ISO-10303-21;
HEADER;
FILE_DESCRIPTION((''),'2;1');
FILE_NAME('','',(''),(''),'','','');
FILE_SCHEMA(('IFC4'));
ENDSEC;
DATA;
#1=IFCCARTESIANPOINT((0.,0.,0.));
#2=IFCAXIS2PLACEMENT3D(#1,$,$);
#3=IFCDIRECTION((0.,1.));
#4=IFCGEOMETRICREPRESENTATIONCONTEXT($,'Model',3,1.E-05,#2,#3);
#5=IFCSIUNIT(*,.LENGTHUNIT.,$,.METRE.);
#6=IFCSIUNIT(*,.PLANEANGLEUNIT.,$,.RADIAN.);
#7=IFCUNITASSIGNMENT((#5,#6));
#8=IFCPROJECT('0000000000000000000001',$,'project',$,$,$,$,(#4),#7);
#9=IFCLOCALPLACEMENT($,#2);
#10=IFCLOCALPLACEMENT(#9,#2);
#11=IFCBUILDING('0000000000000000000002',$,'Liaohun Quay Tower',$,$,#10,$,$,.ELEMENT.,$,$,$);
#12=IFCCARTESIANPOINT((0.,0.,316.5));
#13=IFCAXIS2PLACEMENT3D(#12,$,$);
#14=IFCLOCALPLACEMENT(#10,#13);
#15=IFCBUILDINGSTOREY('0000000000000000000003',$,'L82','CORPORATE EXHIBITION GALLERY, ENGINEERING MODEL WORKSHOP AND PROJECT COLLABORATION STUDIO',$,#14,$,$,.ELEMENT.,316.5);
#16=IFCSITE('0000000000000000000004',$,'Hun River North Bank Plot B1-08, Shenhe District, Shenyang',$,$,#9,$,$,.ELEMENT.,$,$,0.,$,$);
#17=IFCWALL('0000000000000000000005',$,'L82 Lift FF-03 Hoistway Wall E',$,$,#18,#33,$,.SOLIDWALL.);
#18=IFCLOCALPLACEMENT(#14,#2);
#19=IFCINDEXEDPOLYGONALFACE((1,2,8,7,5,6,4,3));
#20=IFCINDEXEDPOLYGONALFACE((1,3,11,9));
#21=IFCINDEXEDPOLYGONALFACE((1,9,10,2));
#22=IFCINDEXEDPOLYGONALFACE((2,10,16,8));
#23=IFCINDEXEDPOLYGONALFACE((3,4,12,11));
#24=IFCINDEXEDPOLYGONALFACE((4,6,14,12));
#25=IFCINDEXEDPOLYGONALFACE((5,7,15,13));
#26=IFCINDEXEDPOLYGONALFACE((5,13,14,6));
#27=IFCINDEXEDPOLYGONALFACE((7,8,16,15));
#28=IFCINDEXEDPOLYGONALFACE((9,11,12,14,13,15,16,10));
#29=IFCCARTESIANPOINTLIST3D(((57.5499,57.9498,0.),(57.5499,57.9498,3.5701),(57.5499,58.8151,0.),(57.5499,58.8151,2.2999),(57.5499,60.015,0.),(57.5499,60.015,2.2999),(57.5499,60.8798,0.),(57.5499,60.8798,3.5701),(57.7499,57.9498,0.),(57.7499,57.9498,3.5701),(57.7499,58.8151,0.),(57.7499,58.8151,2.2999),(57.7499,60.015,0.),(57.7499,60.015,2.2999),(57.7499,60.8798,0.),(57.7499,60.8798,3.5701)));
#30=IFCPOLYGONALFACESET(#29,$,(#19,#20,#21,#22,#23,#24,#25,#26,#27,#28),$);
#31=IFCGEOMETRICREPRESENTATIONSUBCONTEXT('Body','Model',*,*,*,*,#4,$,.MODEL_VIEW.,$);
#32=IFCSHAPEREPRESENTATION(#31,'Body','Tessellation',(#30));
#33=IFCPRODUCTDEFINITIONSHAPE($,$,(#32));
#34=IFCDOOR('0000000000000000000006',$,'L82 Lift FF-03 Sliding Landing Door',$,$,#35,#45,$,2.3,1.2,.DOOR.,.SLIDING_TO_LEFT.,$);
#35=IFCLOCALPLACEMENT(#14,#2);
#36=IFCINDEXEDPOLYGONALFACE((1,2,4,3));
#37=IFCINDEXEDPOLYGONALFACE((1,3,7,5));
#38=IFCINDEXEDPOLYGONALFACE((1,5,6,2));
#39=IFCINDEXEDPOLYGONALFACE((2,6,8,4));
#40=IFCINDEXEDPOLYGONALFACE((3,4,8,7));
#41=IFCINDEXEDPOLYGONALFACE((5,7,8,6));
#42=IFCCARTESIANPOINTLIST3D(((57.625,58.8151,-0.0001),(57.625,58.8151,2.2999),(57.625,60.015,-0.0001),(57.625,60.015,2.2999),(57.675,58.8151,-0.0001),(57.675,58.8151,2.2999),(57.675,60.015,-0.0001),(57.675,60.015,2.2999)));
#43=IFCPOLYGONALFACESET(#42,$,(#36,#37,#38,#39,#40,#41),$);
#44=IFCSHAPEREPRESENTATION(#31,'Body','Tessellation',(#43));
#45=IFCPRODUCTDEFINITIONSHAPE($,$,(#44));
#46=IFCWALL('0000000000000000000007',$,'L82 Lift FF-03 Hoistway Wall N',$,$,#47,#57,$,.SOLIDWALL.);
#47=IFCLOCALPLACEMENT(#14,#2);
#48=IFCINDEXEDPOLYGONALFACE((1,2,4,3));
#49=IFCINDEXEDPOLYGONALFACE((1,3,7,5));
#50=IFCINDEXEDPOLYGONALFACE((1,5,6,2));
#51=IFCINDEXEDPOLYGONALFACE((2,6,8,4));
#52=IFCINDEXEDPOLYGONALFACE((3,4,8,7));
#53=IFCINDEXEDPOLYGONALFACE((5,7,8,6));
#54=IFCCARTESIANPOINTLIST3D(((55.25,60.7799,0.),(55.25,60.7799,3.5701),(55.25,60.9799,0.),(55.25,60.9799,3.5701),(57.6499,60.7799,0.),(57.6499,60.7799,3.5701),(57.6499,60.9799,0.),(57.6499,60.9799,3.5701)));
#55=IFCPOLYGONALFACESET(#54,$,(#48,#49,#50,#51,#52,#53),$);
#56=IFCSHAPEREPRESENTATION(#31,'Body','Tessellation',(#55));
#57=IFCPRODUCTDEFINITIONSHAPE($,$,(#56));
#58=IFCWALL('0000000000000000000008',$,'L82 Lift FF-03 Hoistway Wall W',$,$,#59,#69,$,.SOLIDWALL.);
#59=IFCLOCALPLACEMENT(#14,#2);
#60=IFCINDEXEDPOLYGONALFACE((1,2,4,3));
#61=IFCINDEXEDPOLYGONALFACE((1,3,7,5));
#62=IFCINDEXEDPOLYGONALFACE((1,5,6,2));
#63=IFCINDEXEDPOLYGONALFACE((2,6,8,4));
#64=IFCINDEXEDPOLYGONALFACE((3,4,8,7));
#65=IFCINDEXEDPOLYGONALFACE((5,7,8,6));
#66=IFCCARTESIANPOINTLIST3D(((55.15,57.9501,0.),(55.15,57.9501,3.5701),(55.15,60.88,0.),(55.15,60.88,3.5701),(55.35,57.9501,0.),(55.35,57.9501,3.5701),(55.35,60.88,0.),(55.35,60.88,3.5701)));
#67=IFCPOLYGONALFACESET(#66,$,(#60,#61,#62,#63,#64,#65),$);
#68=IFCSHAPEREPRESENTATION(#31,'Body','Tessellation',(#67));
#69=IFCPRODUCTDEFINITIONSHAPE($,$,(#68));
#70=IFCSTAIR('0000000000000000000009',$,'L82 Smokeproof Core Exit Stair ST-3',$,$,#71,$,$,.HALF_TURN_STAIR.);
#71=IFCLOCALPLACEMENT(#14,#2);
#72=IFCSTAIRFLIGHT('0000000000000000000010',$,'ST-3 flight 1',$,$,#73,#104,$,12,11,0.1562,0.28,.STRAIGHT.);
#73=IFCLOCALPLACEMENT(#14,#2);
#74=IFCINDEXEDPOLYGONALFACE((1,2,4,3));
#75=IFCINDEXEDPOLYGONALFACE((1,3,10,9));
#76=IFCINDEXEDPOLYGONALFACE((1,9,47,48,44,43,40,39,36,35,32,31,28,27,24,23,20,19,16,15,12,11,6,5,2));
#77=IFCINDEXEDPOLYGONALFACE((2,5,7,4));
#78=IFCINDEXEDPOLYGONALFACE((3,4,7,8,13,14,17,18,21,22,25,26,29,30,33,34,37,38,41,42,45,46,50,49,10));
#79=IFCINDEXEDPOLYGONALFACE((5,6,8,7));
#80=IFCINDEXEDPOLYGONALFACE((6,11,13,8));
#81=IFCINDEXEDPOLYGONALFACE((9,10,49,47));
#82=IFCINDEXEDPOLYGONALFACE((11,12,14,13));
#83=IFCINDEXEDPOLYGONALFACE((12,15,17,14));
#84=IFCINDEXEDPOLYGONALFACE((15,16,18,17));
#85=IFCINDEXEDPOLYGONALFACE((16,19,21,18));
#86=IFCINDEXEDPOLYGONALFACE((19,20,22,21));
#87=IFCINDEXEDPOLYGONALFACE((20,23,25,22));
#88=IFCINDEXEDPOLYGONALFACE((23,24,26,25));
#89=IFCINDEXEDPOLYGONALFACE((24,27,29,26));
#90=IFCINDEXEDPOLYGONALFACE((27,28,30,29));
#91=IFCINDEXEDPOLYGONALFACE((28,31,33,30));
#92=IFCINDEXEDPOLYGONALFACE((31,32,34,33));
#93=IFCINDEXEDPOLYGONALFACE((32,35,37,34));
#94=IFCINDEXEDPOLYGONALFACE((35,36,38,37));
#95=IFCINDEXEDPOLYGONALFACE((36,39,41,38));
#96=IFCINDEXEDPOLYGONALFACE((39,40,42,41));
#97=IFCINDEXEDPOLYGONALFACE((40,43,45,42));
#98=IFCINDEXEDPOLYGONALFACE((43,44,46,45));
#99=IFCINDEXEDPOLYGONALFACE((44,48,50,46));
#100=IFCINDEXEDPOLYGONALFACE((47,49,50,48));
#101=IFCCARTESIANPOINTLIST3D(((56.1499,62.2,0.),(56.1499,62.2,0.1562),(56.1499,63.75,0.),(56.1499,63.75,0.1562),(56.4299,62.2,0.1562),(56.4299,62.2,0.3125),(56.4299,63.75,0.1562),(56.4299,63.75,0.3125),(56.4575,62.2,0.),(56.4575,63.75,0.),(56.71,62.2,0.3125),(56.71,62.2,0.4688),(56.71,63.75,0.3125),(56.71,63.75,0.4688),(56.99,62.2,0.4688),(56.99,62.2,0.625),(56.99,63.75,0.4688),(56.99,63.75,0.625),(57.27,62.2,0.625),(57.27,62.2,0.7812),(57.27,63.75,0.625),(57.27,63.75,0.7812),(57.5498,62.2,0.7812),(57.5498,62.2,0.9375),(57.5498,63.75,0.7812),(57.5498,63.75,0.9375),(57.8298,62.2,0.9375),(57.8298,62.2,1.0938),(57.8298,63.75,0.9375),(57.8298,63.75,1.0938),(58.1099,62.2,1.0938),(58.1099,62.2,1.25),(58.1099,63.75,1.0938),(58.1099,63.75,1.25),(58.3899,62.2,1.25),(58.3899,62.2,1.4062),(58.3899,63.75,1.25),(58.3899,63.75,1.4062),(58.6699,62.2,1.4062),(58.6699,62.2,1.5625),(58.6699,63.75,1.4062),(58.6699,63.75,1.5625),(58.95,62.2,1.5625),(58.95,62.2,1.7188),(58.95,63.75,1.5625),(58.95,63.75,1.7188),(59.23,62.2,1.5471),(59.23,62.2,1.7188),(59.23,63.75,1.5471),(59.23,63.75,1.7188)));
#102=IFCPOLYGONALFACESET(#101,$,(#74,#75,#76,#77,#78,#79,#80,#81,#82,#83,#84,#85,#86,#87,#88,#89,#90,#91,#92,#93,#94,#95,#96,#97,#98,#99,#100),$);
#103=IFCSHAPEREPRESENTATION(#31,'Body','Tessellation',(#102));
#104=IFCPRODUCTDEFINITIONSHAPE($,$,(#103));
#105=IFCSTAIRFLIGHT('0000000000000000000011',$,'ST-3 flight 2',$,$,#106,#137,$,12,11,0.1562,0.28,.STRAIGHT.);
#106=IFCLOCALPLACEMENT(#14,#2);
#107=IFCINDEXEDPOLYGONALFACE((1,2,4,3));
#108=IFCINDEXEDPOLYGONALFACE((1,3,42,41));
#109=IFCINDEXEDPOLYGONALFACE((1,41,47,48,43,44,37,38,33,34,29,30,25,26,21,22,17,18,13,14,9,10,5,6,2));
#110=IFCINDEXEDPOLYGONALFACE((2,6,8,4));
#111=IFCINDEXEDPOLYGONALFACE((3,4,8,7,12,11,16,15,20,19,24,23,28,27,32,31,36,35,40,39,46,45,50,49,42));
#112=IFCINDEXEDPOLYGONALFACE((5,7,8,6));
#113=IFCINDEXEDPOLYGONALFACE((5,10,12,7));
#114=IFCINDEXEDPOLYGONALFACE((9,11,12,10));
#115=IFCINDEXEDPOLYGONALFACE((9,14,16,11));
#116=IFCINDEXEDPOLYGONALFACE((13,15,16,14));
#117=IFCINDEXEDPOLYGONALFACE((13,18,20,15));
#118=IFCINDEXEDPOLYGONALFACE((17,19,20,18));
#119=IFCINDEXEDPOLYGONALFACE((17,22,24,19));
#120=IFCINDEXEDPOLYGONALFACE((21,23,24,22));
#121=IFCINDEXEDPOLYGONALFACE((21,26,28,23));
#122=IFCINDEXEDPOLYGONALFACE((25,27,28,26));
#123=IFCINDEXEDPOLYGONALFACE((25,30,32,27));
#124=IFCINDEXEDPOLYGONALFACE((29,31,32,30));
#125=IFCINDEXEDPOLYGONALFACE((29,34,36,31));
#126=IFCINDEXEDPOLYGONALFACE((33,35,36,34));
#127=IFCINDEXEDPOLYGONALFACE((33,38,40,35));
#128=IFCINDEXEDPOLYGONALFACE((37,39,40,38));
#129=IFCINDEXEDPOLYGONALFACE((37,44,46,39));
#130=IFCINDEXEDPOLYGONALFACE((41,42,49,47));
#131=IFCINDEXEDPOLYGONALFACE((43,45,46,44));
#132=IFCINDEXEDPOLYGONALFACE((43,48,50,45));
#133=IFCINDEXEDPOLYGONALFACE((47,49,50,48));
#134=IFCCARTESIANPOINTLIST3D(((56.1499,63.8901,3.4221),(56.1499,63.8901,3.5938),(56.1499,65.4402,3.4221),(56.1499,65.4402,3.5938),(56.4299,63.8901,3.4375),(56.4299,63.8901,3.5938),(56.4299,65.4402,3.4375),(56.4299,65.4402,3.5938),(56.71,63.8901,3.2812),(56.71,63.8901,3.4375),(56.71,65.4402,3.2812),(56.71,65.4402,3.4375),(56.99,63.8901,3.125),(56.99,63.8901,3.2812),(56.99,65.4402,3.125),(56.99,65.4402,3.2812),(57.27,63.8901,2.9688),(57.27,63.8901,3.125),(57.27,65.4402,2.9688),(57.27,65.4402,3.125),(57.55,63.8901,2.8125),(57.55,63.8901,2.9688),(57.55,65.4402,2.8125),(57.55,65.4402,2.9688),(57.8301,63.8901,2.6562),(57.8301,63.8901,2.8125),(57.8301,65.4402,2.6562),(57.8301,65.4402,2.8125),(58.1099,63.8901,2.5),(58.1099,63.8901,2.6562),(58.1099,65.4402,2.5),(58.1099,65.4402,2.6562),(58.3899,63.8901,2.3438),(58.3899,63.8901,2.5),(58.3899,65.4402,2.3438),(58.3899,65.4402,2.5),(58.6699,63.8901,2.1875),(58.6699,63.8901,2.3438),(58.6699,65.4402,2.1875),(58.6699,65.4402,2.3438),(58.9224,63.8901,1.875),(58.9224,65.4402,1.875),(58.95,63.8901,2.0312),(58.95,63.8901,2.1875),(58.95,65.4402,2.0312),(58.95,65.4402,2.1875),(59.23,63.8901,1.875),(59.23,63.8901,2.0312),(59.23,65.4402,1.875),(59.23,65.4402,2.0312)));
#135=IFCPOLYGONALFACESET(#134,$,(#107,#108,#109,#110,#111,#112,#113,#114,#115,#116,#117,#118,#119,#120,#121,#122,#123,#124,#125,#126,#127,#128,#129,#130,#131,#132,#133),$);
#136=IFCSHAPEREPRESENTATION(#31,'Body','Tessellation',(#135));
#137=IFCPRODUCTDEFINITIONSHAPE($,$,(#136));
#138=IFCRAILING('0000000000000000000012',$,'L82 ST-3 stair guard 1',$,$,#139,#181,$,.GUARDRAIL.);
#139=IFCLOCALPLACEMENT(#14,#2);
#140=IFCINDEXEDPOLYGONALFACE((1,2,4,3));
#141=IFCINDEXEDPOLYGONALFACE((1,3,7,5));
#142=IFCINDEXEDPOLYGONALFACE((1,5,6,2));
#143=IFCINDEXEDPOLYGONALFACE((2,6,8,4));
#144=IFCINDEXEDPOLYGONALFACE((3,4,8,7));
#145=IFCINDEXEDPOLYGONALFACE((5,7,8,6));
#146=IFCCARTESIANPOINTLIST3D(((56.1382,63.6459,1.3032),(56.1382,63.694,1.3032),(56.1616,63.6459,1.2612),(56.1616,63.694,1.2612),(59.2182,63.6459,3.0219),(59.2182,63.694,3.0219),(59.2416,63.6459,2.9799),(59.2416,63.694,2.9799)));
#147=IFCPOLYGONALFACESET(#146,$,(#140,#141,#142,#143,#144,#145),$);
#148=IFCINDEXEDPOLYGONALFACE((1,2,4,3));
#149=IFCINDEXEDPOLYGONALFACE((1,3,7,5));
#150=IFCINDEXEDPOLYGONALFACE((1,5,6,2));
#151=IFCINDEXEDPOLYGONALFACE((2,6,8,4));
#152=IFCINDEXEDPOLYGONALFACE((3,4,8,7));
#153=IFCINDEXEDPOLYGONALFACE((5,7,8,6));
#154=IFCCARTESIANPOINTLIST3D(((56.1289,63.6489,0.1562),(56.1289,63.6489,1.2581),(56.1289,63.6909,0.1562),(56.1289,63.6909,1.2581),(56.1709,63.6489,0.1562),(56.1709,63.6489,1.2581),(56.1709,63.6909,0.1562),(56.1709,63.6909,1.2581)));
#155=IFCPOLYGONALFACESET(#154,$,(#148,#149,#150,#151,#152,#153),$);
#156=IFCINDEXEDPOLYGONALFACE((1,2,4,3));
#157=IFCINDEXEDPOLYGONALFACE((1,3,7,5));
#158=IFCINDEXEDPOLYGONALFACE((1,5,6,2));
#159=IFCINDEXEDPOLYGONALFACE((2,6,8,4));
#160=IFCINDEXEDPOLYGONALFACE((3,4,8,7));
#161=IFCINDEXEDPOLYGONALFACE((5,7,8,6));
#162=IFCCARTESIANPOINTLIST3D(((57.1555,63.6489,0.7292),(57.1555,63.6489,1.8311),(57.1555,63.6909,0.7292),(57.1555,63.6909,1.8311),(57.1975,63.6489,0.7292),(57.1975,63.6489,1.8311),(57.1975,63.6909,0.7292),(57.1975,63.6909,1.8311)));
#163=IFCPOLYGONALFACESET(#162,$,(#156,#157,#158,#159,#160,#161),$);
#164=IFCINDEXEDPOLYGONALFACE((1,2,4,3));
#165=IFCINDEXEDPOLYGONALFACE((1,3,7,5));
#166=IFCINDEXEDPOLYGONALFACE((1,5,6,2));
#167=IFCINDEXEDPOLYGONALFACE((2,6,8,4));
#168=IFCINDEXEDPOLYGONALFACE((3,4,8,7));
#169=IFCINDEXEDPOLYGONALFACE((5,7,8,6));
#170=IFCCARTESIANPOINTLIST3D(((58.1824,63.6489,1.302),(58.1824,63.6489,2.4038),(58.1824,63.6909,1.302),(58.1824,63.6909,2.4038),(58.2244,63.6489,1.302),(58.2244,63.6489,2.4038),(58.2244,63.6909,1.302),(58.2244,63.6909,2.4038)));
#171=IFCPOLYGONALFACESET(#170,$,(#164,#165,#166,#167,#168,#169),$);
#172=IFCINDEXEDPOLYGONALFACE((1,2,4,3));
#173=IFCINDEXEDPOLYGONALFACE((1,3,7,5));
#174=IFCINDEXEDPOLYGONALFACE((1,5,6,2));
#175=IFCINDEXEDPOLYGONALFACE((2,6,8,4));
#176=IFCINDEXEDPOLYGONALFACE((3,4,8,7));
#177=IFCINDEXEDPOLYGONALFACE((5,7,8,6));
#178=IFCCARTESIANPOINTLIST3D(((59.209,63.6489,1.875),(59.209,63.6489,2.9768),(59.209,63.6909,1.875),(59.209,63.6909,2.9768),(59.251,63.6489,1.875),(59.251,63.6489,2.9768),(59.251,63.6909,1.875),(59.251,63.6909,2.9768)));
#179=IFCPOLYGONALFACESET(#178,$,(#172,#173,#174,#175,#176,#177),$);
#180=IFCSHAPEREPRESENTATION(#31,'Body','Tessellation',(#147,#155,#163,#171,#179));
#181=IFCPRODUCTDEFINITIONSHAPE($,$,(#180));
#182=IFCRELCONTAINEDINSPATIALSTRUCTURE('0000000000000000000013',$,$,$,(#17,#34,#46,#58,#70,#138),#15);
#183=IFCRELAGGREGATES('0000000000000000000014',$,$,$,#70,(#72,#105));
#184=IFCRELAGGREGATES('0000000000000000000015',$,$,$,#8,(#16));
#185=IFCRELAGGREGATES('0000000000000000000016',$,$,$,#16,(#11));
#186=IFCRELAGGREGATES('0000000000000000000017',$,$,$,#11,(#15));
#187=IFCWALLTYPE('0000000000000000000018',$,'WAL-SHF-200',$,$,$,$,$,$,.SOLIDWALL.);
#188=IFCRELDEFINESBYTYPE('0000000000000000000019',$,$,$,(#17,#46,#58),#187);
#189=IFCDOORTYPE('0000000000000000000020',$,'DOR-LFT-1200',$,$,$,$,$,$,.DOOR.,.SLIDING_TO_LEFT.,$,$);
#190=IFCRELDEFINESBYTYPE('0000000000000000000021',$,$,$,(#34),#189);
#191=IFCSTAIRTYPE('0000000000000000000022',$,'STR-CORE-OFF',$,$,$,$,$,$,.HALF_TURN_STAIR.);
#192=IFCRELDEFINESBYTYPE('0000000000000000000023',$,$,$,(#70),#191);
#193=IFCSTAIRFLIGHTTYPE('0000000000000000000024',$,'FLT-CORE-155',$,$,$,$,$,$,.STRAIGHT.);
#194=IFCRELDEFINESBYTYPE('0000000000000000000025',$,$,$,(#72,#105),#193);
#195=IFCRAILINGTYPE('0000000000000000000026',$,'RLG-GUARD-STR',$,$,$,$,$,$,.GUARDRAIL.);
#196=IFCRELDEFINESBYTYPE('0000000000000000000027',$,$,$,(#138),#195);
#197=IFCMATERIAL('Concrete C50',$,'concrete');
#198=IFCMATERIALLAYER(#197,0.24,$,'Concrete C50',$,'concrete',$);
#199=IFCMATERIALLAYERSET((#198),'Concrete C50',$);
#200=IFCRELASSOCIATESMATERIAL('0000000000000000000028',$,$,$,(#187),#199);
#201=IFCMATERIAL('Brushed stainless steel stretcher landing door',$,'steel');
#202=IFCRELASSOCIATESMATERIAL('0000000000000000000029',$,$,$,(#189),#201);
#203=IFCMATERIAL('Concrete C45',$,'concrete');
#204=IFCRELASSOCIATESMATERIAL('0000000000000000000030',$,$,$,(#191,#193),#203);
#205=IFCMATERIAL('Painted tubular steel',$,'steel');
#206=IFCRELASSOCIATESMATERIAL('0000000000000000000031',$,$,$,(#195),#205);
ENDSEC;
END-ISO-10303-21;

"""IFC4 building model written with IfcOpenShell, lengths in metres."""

from ifc_helpers import new_model, si_unit, direction, frame, frame_2d, origin, origin_2d, place, context, subcontext, project, spatial, polyline, rectangle, outline, extrude, source, transform, mapped, material, layer, layer_set, type_object, element, fill, aggregate, save


model = new_model("IFC4")

# Units and contexts
model_context = context("Model", 3, precision=1e-05, world=origin(), true_north=direction((0.0, 1.0)))
body_context = subcontext(model_context, "Body", "Model", "MODEL_VIEW")
ifc_project = project(units=[si_unit("LENGTHUNIT", "METRE"), si_unit("PLANEANGLEUNIT", "RADIAN")], contexts=[model_context])

# Site, building, storey
site_placement = place(None, origin())
site = spatial("IfcSite", under=ifc_project, at=site_placement, Name="Hun River North Bank Plot B1-08, Shenhe District, Shenyang", CompositionType="ELEMENT", RefElevation=0.0)
building_placement = place(site_placement, origin())
building = spatial("IfcBuilding", under=site, at=building_placement, Name="Liaohun Quay Tower", CompositionType="ELEMENT")
storey_placement = place(building_placement, frame((0.0, 0.0, 316.5)))
storey = spatial("IfcBuildingStorey", under=building, at=storey_placement, Name="L82", Description="CORPORATE EXHIBITION GALLERY, ENGINEERING MODEL WORKSHOP AND PROJECT COLLABORATION STUDIO", CompositionType="ELEMENT", Elevation=316.5)

# Shared definitions
ifc_material_1 = material(Name="Concrete C50", Category="concrete")

# Shared definitions
ifc_layer_1 = layer(ifc_material_1, 0.24, Name="Concrete C50", Category="concrete")
ifc_layer_set_1 = layer_set([ifc_layer_1], Name="Concrete C50")
wall_type_1 = type_object("IfcWallType", Name="WAL-SHF-200", PredefinedType="SOLIDWALL", material=ifc_layer_set_1)

# Wall, opening, door
wall_1_placement = place(storey_placement, frame((57.6499, 57.95, 0.0), z_axis=(0.0, 0.0, 1.0), x_axis=(0.0, 1.0, 0.0)))
wall_1 = element("IfcWall", 1, at=wall_1_placement, inside=storey, type_object=wall_type_1, Name="L82 Lift FF-03 Hoistway Wall E", PredefinedType="SOLIDWALL", context=body_context, shape_type="SweptSolid", body=[
    extrude(rectangle(XDim=2.9299, YDim=0.2, at=frame_2d((1.4648, 0.0))), origin(), (0.0, 0.0, 1.0), 3.5701),
])
shared_shape_1 = source(origin(), body_context, "Body", "SweptSolid", [
    extrude(rectangle(XDim=1.2, YDim=2.3, at=frame_2d((0.6001, 1.1499))), frame((0.0, 0.1099, 0.0), z_axis=(0.0, -1.0, 0.0), x_axis=(1.0, 0.0, 0.0)), (0.0, 0.0, 1.0), 0.22),
])
opening_1_placement = place(wall_1_placement, frame((0.865, 0.0, 0.0)))
opening_1 = element("IfcOpeningElement", 2, at=opening_1_placement, cuts=wall_1, PredefinedType="OPENING", context=body_context, shape_type="MappedRepresentation", body=[
    mapped(shared_shape_1, transform((0.0, 0.0, 0.0), x_axis=(1.0, 0.0, 0.0), y_axis=(0.0, 1.0, 0.0), z_axis=(0.0, 0.0, 1.0), scale=1.0)),
])
ifc_material_2 = material(Name="Brushed stainless steel stretcher landing door", Category="steel")
door_type_1 = type_object("IfcDoorType", Name="DOR-LFT-1200", OperationType="SLIDING_TO_LEFT", PredefinedType="DOOR", material=ifc_material_2)
shared_shape_2 = source(origin(), body_context, "Body", "SweptSolid", [
    extrude(rectangle(XDim=1.2, YDim=2.3, at=frame_2d((0.6001, 1.1499))), frame((0.0, 0.0249, 0.0), z_axis=(0.0, -1.0, 0.0), x_axis=(1.0, 0.0, 0.0)), (0.0, 0.0, 1.0), 0.05),
])
door_1_placement = place(opening_1_placement, origin())
door_1 = element("IfcDoor", 3, at=door_1_placement, inside=storey, type_object=door_type_1, Name="L82 Lift FF-03 Sliding Landing Door", OperationType="SLIDING_TO_LEFT", OverallHeight=2.3, OverallWidth=1.2, PredefinedType="DOOR", context=body_context, shape_type="MappedRepresentation", body=[
    mapped(shared_shape_2, transform((0.0, 0.0, 0.0), x_axis=(1.0, 0.0, 0.0), y_axis=(0.0, 1.0, 0.0), z_axis=(0.0, 0.0, 1.0), scale=1.0)),
])
fill(opening_1, door_1)

# Walls
wall_2_placement = place(storey_placement, frame((57.6499, 60.8799, 0.0), z_axis=(0.0, 0.0, 1.0), x_axis=(-1.0, 0.0, 0.0)))
element("IfcWall", 4, at=wall_2_placement, inside=storey, type_object=wall_type_1, Name="L82 Lift FF-03 Hoistway Wall N", PredefinedType="SOLIDWALL", context=body_context, shape_type="SweptSolid", body=[
    extrude(rectangle(XDim=2.3999, YDim=0.2, at=frame_2d((1.2, 0.0))), origin(), (0.0, 0.0, 1.0), 3.5701),
])
wall_3_placement = place(storey_placement, frame((55.25, 60.8799, 0.0), z_axis=(0.0, 0.0, 1.0), x_axis=(0.0, -1.0, 0.0)))
element("IfcWall", 5, at=wall_3_placement, inside=storey, type_object=wall_type_1, Name="L82 Lift FF-03 Hoistway Wall W", PredefinedType="SOLIDWALL", context=body_context, shape_type="SweptSolid", body=[
    extrude(rectangle(XDim=2.9299, YDim=0.2, at=frame_2d((1.4648, 0.0))), origin(), (0.0, 0.0, 1.0), 3.5701),
])

# Stair, stair flights
ifc_material_3 = material(Name="Concrete C45", Category="concrete")
stair_type = type_object("IfcStairType", Name="STR-CORE-OFF", PredefinedType="HALF_TURN_STAIR", material=ifc_material_3)
stair_placement = place(storey_placement, origin())
stair = element("IfcStair", 6, at=stair_placement, inside=storey, type_object=stair_type, Name="L82 Smokeproof Core Exit Stair ST-3", PredefinedType="HALF_TURN_STAIR")
stair_flight_type = type_object("IfcStairFlightType", Name="FLT-CORE-155", PredefinedType="STRAIGHT", material=ifc_material_3)
stair_flight_1_placement = place(storey_placement, frame((56.1499, 62.9751, 0.0), z_axis=(0.0, 0.0, 1.0), x_axis=(1.0, 0.0, 0.0)))
stair_flight_1 = element("IfcStairFlight", 7, at=stair_flight_1_placement, type_object=stair_flight_type, Name="ST-3 flight 1", NumberOfRisers=12, NumberOfTreads=11, PredefinedType="STRAIGHT", RiserHeight=0.1562, TreadLength=0.28, context=body_context, shape_type="SweptSolid", body=[
    extrude(outline(polyline([(0.0, 0.0), (0.0, 0.1562), (0.28, 0.1562), (0.28, 0.3125), (0.5601, 0.3125), (0.5601, 0.4688), (0.8401, 0.4688), (0.8401, 0.625), (1.1201, 0.625), (1.1201, 0.7812), (1.3999, 0.7812), (1.3999, 0.9375), (1.6799, 0.9375), (1.6799, 1.0938), (1.96, 1.0938), (1.96, 1.25), (2.24, 1.25), (2.24, 1.4062), (2.52, 1.4062), (2.52, 1.5625), (2.8, 1.5625), (2.8, 1.7188), (3.0801, 1.7188), (3.0801, 1.875), (3.0801, 1.5471), (0.3076, 0.0), (0.0, 0.0)])), frame((0.0, 0.7749, 0.0), z_axis=(0.0, -1.0, 0.0), x_axis=(1.0, 0.0, 0.0)), (0.0, 0.0, 1.0), 1.55),
])
stair_flight_2_placement = place(storey_placement, frame((59.23, 64.665, 1.875), z_axis=(0.0, 0.0, 1.0), x_axis=(-1.0, 0.0, 0.0)))
stair_flight_2 = element("IfcStairFlight", 8, at=stair_flight_2_placement, type_object=stair_flight_type, Name="ST-3 flight 2", NumberOfRisers=12, NumberOfTreads=11, PredefinedType="STRAIGHT", RiserHeight=0.1562, TreadLength=0.28, context=body_context, shape_type="SweptSolid", body=[
    extrude(outline(polyline([(0.0, 0.0), (0.0, 0.1562), (0.28, 0.1562), (0.28, 0.3125), (0.5601, 0.3125), (0.5601, 0.4688), (0.8401, 0.4688), (0.8401, 0.625), (1.1201, 0.625), (1.1201, 0.7812), (1.3999, 0.7812), (1.3999, 0.9375), (1.6799, 0.9375), (1.6799, 1.0938), (1.96, 1.0938), (1.96, 1.25), (2.24, 1.25), (2.24, 1.4062), (2.52, 1.4062), (2.52, 1.5625), (2.8, 1.5625), (2.8, 1.7188), (3.0801, 1.7188), (3.0801, 1.875), (3.0801, 1.5471), (0.3076, 0.0), (0.0, 0.0)])), frame((0.0, 0.7749, 0.0), z_axis=(0.0, -1.0, 0.0), x_axis=(1.0, 0.0, 0.0)), (0.0, 0.0, 1.0), 1.55),
])
aggregate(stair, [stair_flight_1, stair_flight_2])

# Railing
ifc_material_4 = material(Name="Painted tubular steel", Category="steel")
railing_type_1 = type_object("IfcRailingType", Name="RLG-GUARD-STR", PredefinedType="GUARDRAIL", material=ifc_material_4)
railing_1_placement = place(storey_placement, frame((56.1499, 63.6699, 0.1562)))
element("IfcRailing", 9, at=railing_1_placement, inside=storey, type_object=railing_type_1, Name="L82 ST-3 stair guard 1", PredefinedType="GUARDRAIL", context=body_context, shape_type="SweptSolid", body=[
    extrude(rectangle(XDim=0.0481, YDim=0.0481, at=origin_2d()), frame((0.0, 0.0, 1.126), z_axis=(0.873242, 0.0, 0.487288), x_axis=(0.0, 1.0, 0.0)), (0.0, 0.0, 1.0), 3.5271),
    extrude(rectangle(XDim=0.042, YDim=0.042, at=origin_2d()), origin(), (0.0, 0.0, 1.0), 1.1018),
    extrude(rectangle(XDim=0.042, YDim=0.042, at=origin_2d()), frame((1.0266, 0.0, 0.573)), (0.0, 0.0, 1.0), 1.1018),
    extrude(rectangle(XDim=0.042, YDim=0.042, at=origin_2d()), frame((2.0535, 0.0, 1.1458)), (0.0, 0.0, 1.0), 1.1018),
    extrude(rectangle(XDim=0.042, YDim=0.042, at=origin_2d()), frame((3.0801, 0.0, 1.7188)), (0.0, 0.0, 1.0), 1.1018),
])

save(model, "model.ifc")
